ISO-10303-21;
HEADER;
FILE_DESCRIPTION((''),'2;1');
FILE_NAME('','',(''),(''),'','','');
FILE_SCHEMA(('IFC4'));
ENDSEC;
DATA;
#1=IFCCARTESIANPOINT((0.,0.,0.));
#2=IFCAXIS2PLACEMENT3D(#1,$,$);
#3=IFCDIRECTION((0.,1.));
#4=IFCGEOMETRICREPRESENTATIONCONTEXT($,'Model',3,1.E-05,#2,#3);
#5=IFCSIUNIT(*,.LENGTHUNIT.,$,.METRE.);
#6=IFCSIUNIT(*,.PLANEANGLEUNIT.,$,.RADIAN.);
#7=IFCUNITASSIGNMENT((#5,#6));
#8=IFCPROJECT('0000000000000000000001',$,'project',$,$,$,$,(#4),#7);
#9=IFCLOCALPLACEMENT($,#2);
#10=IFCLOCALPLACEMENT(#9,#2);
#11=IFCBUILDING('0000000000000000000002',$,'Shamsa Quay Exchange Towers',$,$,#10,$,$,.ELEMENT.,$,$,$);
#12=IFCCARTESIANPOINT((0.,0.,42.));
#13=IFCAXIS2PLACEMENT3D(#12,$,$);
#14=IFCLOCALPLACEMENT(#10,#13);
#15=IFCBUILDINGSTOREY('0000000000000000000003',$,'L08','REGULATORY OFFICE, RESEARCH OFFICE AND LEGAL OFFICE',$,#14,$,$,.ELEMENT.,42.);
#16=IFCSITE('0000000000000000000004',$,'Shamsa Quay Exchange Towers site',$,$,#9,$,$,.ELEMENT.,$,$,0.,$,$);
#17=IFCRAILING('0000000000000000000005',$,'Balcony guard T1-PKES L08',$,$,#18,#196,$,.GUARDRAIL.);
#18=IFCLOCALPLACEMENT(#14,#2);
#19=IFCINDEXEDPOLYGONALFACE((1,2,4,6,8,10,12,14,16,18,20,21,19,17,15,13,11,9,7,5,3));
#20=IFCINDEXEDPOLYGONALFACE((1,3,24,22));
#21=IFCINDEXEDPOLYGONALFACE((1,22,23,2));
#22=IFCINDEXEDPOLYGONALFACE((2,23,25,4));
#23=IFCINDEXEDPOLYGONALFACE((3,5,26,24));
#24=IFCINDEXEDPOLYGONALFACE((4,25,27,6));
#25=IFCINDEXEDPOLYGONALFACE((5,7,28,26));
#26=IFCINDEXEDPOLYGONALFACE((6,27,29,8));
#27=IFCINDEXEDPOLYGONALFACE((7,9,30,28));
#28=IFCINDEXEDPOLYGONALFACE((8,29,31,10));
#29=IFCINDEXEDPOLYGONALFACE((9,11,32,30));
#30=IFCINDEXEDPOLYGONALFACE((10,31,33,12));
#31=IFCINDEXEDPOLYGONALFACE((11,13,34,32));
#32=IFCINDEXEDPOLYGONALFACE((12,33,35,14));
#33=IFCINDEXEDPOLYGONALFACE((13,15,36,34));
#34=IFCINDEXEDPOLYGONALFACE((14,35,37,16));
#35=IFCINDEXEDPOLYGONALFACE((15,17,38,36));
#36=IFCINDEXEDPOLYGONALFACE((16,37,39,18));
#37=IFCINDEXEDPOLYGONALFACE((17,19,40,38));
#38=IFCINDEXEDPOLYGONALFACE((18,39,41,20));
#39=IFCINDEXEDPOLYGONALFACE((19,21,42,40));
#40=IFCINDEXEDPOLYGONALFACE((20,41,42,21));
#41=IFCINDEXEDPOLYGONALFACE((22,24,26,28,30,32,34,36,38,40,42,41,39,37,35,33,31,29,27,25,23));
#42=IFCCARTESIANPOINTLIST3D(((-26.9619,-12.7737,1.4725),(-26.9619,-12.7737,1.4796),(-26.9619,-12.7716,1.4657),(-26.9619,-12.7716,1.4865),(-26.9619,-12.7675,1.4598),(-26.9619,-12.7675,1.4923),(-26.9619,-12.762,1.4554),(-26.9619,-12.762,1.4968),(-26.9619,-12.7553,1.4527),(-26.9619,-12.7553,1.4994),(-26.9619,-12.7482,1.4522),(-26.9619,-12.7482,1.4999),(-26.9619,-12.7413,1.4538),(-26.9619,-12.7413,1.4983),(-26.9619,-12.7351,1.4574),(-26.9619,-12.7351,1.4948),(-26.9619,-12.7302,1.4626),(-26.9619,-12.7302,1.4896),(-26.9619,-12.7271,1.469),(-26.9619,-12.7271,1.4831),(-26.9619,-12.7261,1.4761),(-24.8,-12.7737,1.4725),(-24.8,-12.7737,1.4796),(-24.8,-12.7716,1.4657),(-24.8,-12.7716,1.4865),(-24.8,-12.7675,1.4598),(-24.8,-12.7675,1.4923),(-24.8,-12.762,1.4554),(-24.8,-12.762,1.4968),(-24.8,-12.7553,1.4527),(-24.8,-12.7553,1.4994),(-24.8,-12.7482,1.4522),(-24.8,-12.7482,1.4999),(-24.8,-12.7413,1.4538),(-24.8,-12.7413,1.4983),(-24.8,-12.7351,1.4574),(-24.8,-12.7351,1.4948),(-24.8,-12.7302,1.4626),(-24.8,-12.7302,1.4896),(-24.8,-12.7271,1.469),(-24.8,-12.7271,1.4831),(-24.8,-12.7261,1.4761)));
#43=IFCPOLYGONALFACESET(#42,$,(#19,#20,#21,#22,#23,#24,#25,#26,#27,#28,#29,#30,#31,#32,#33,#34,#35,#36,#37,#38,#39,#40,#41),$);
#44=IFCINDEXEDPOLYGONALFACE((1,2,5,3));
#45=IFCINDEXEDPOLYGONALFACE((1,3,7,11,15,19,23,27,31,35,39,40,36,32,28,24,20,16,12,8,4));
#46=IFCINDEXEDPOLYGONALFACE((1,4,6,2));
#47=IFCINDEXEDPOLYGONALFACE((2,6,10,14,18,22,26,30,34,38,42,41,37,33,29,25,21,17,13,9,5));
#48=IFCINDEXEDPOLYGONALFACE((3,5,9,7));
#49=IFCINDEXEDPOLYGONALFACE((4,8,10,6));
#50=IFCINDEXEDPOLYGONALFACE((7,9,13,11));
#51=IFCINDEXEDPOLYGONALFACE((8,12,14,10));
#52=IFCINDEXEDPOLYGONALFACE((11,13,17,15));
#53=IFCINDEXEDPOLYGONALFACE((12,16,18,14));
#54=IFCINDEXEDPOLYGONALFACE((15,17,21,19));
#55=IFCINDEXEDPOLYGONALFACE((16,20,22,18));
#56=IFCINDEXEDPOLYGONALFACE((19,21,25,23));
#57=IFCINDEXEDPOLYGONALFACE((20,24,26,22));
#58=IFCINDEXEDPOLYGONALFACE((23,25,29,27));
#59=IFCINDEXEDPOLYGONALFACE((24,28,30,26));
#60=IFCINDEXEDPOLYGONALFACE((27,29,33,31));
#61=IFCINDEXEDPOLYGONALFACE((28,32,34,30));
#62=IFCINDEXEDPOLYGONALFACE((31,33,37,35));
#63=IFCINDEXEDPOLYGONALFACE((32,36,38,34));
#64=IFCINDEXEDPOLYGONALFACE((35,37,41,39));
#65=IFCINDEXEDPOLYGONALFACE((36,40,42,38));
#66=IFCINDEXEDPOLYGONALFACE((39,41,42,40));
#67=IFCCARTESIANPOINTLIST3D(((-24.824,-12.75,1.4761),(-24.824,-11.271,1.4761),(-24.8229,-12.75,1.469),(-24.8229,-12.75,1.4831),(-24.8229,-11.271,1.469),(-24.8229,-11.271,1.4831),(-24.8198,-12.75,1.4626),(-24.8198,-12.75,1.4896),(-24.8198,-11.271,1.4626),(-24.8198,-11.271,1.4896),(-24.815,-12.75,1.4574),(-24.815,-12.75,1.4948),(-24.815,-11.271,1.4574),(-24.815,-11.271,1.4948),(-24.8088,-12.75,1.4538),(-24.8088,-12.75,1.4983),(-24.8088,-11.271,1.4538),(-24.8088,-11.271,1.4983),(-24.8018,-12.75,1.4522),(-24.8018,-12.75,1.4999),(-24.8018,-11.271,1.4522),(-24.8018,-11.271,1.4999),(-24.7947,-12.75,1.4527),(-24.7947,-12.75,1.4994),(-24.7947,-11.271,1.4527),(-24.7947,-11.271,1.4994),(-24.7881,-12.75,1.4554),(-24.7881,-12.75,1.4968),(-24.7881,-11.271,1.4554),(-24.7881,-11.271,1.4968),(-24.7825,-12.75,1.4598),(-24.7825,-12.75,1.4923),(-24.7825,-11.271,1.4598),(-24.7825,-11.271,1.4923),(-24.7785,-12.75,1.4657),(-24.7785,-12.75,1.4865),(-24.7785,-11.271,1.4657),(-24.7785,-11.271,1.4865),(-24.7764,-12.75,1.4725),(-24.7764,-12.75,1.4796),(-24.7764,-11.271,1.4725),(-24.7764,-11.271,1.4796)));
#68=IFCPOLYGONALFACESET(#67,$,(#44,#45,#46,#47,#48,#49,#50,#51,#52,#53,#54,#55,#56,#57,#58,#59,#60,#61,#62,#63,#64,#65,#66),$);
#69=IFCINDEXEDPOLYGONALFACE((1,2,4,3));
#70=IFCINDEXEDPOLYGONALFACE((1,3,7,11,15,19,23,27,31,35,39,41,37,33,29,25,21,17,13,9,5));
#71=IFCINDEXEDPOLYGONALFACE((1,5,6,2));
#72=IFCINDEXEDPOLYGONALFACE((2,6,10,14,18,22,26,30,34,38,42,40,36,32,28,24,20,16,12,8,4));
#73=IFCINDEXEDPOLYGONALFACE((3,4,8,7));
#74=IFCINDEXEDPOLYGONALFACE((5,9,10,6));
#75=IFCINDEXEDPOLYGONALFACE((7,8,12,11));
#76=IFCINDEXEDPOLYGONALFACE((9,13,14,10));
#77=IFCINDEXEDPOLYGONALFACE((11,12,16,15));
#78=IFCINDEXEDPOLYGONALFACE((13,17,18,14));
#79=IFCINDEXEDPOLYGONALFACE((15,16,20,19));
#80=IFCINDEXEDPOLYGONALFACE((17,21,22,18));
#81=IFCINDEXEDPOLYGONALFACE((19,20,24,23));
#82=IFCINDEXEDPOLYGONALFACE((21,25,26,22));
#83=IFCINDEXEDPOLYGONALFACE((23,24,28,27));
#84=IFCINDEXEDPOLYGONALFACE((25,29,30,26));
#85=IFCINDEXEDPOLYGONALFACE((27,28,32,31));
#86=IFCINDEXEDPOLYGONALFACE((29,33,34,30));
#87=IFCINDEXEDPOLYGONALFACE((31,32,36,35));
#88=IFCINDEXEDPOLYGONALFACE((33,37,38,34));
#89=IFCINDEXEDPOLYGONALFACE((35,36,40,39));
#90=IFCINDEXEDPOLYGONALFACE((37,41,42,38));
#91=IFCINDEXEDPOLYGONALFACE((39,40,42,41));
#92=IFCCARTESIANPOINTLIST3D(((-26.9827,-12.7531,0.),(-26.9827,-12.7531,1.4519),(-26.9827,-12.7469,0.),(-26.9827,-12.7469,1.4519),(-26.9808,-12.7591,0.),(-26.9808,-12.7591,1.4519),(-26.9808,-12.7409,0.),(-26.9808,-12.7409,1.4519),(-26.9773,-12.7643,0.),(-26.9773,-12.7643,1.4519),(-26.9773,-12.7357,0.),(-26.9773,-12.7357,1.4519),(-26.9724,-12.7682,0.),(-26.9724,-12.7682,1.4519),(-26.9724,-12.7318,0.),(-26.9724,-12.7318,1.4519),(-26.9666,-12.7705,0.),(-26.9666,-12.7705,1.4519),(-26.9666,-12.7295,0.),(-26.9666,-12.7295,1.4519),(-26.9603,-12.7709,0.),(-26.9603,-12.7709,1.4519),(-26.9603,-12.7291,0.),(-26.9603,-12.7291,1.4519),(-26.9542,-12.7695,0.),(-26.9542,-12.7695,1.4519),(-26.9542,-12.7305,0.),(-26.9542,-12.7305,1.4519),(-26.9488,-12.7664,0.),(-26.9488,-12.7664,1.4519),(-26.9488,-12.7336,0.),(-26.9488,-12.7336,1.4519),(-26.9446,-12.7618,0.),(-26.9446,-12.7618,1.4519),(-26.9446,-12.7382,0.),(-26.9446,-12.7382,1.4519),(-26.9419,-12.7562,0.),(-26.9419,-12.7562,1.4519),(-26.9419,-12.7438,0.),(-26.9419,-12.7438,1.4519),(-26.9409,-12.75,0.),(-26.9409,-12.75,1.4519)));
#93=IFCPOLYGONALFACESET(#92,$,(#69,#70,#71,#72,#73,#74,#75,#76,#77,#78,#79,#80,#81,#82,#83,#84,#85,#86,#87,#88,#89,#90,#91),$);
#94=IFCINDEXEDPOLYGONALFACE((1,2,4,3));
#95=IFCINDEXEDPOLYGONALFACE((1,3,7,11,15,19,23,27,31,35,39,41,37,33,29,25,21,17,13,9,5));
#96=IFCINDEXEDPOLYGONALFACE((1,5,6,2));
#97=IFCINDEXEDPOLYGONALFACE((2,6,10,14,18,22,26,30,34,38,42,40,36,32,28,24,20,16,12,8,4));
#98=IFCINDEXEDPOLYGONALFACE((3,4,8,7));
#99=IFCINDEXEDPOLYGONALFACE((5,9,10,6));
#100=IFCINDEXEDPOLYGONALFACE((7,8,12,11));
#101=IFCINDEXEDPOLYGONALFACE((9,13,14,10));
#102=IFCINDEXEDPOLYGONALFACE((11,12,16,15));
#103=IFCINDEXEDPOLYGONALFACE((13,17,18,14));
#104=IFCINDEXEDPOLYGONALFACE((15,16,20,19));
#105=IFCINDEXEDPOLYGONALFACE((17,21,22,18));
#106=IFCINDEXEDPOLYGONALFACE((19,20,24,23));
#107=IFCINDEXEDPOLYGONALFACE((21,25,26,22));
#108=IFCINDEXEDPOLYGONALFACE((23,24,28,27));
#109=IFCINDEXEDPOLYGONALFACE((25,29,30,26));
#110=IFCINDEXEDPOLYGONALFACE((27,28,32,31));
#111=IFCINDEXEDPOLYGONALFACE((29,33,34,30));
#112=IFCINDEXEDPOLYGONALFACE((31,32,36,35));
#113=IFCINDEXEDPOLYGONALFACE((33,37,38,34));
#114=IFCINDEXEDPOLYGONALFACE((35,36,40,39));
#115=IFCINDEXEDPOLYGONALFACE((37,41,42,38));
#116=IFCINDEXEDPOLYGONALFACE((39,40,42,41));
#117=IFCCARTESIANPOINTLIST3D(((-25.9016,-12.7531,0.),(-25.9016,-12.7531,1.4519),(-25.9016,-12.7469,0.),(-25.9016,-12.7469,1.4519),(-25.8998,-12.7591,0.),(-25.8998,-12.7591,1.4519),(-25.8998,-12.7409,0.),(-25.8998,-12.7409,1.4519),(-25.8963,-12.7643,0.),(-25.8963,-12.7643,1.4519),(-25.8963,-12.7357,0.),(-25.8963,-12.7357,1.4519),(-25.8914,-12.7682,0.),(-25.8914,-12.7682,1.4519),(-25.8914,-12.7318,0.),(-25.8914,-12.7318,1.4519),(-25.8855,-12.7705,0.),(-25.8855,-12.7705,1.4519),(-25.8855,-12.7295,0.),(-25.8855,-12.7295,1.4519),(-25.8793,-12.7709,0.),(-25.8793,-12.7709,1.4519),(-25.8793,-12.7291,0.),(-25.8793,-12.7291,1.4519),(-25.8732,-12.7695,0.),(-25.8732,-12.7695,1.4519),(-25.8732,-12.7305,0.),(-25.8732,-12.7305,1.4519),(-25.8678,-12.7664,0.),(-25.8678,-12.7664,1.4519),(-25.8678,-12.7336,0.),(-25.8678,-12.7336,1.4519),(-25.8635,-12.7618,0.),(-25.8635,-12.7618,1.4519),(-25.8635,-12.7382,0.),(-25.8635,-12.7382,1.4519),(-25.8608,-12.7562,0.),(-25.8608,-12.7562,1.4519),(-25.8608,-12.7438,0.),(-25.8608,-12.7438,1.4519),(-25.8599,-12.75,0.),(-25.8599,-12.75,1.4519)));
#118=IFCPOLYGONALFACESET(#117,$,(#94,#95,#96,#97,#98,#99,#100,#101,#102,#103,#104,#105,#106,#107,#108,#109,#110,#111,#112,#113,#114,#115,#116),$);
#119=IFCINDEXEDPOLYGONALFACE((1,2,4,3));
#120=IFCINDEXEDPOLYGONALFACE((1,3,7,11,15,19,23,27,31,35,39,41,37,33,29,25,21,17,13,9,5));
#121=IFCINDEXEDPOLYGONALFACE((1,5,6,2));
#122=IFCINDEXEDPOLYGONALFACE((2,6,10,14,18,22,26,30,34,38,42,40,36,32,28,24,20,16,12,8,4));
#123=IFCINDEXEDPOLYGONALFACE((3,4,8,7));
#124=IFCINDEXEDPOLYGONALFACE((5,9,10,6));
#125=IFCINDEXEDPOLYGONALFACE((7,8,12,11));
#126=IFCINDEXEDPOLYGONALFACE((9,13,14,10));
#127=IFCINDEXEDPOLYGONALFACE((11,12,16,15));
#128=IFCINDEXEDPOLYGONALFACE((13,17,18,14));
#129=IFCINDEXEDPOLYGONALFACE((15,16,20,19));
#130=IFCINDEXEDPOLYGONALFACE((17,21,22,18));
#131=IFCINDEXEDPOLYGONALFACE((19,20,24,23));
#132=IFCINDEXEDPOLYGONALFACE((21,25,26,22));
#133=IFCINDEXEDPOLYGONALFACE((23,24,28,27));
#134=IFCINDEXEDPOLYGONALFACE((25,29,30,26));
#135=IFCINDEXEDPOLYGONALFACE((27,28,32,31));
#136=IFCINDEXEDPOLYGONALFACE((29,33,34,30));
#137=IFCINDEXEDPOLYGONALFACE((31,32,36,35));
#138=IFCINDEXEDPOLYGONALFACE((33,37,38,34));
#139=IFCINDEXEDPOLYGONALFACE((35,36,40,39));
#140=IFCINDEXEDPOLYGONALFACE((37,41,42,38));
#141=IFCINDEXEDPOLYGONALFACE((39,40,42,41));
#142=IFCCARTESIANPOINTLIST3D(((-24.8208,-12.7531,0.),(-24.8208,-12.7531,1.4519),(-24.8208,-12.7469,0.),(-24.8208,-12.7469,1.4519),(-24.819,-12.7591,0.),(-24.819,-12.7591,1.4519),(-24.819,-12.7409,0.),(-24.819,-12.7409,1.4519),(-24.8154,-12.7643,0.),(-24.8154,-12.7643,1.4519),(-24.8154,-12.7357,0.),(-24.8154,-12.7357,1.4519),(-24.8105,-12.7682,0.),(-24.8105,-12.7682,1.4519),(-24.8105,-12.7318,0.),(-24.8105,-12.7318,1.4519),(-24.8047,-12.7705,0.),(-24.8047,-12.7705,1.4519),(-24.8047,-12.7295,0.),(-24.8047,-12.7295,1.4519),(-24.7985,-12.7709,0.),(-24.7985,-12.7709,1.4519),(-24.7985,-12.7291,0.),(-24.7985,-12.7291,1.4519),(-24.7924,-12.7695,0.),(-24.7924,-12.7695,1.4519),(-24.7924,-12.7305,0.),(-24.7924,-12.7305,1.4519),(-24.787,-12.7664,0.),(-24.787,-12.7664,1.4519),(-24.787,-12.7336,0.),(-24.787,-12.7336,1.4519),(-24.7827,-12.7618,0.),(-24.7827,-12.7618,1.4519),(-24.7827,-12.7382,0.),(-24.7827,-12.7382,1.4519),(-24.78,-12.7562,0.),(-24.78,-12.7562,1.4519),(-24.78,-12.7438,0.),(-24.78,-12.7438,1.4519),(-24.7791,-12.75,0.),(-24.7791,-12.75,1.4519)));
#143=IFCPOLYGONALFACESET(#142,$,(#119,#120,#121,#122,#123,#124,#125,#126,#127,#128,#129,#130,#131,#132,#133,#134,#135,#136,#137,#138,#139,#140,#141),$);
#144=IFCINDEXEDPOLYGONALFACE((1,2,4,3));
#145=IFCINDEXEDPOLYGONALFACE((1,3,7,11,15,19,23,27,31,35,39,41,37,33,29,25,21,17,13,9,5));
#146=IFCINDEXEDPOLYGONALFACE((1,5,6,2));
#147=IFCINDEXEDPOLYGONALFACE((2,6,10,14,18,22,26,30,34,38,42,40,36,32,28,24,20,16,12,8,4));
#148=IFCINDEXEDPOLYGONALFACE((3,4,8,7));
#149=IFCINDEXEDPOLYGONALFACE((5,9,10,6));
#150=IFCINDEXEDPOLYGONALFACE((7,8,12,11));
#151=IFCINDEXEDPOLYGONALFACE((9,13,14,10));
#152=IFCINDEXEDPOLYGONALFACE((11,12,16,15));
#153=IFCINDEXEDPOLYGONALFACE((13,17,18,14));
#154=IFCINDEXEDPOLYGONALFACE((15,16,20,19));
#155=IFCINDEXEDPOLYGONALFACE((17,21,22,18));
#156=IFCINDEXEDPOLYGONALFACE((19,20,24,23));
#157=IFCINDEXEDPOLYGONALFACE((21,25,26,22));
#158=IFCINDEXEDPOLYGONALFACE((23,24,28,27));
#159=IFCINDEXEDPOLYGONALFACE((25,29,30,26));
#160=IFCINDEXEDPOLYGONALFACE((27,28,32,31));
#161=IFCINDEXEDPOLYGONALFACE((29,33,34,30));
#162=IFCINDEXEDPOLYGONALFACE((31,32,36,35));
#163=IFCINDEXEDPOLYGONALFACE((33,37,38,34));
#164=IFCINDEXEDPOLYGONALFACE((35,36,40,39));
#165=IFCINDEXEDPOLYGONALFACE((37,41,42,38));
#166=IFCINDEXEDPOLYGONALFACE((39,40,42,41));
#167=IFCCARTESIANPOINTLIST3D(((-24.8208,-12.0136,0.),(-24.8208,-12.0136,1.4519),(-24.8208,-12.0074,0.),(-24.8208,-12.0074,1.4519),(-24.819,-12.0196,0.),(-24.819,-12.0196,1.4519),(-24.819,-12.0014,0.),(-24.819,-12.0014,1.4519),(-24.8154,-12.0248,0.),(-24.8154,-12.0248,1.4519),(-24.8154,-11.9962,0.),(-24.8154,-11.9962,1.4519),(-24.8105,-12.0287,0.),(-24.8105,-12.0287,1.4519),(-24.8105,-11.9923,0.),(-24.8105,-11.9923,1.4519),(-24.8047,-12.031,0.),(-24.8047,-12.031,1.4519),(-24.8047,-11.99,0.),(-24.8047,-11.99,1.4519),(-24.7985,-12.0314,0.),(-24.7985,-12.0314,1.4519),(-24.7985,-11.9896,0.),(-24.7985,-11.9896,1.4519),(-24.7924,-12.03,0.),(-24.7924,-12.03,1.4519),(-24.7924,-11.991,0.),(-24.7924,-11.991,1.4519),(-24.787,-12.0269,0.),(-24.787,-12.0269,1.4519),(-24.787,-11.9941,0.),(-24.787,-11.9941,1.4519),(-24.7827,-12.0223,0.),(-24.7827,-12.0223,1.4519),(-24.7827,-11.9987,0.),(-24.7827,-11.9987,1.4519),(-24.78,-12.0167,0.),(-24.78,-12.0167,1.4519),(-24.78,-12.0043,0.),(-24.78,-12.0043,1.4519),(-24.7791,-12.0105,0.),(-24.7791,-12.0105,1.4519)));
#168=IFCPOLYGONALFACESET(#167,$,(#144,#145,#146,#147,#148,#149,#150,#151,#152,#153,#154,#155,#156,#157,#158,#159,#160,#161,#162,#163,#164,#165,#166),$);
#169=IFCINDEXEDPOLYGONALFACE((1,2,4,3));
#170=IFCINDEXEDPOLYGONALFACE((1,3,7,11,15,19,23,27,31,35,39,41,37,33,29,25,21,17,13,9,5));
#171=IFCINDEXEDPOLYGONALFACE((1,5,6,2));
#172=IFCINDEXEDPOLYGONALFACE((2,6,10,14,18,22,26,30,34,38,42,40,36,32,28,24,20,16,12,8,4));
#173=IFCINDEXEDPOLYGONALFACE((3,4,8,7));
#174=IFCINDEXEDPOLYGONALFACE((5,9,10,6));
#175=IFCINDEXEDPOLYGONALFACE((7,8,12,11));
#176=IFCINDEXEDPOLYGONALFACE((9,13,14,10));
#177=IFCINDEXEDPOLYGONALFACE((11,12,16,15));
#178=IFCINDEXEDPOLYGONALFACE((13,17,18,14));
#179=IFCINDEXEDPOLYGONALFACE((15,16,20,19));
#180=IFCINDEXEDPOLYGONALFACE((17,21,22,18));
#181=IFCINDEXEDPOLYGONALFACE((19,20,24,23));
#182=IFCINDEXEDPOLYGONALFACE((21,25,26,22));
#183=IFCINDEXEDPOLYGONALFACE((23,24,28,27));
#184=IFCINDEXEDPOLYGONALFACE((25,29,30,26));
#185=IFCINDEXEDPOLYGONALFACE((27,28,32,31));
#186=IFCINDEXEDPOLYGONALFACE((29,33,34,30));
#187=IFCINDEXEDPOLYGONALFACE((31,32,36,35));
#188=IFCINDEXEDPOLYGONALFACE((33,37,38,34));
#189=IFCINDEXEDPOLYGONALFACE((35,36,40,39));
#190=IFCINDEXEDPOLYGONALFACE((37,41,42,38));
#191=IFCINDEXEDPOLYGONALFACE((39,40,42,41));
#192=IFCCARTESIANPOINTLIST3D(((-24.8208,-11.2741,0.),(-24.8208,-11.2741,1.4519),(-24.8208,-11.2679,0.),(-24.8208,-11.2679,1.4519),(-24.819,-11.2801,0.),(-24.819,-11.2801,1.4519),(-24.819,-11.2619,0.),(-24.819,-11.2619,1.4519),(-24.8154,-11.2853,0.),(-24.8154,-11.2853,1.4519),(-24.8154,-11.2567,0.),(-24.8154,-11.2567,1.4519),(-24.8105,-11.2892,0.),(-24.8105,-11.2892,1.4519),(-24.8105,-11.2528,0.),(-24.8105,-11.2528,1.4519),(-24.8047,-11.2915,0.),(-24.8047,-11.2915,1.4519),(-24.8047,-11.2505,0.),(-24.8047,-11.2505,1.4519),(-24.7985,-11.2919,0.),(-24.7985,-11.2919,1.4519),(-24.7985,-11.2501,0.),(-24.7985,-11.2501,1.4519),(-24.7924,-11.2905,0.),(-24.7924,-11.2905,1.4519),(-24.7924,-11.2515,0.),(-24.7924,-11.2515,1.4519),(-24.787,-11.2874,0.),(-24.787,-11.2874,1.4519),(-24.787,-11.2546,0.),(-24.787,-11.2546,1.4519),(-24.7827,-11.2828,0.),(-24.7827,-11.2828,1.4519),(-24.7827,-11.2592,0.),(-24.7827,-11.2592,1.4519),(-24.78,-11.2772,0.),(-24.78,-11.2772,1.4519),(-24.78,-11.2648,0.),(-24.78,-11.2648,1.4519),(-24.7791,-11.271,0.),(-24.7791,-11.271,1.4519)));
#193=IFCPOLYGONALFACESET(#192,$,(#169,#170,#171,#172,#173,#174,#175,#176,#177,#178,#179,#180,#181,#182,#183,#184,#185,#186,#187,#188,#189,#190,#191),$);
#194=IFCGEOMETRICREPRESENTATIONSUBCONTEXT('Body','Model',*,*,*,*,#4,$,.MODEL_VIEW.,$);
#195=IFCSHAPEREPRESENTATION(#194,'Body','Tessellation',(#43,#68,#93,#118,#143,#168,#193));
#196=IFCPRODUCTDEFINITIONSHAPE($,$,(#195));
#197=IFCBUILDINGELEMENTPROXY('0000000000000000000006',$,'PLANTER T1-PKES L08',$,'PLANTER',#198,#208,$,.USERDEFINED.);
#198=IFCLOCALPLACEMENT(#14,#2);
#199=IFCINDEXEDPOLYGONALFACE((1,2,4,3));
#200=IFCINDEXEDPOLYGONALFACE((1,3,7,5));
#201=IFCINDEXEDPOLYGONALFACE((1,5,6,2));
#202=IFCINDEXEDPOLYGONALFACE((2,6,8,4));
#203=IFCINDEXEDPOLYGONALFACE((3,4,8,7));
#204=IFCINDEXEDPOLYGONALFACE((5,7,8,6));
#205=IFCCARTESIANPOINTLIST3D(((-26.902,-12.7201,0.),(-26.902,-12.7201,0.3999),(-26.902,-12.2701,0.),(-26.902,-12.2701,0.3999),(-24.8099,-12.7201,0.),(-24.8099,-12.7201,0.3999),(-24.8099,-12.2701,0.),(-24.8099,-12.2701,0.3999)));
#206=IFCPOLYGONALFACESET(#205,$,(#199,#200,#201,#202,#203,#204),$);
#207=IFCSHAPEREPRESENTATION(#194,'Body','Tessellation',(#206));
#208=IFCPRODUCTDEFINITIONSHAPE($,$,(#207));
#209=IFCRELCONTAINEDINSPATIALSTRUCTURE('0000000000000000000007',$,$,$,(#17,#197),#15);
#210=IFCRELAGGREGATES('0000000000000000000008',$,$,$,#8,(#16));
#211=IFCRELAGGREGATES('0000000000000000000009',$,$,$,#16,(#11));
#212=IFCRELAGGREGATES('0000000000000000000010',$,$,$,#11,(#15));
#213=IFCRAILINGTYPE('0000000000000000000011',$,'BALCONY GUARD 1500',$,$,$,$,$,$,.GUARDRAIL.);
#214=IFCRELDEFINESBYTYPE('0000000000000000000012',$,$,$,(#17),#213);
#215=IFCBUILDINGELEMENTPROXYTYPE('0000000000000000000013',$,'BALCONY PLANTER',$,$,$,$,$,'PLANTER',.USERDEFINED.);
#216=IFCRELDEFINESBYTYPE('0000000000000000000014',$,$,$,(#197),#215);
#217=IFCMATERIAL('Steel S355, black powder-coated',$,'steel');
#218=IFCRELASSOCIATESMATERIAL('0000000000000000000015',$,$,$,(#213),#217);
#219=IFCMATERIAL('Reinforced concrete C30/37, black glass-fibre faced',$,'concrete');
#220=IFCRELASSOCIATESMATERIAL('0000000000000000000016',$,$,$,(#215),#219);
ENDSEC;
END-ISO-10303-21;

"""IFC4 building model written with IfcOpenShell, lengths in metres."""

from ifc_helpers import new_model, si_unit, direction, frame, origin, origin_2d, place, context, subcontext, project, spatial, rectangle, circle, extrude, material, type_object, element, save


model = new_model("IFC4")

# Units and contexts
model_context = context("Model", 3, precision=1e-05, world=origin(), true_north=direction((0.0, 1.0)))
body_context = subcontext(model_context, "Body", "Model", "MODEL_VIEW")
ifc_project = project(units=[si_unit("LENGTHUNIT", "METRE"), si_unit("PLANEANGLEUNIT", "RADIAN")], contexts=[model_context])

# Site, building, storey
site_placement = place(None, origin())
site = spatial("IfcSite", under=ifc_project, at=site_placement, Name="Shamsa Quay Exchange Towers site", CompositionType="ELEMENT", RefElevation=0.0)
building_placement = place(site_placement, origin())
building = spatial("IfcBuilding", under=site, at=building_placement, Name="Shamsa Quay Exchange Towers", CompositionType="ELEMENT")
storey_placement = place(building_placement, frame((0.0, 0.0, 42.0)))
storey = spatial("IfcBuildingStorey", under=building, at=storey_placement, Name="L08", Description="REGULATORY OFFICE, RESEARCH OFFICE AND LEGAL OFFICE", CompositionType="ELEMENT", Elevation=42.0)

# Railing
ifc_material_1 = material(Name="Steel S355, black powder-coated", Category="steel")
railing_type_1 = type_object("IfcRailingType", Name="BALCONY GUARD 1500", PredefinedType="GUARDRAIL", material=ifc_material_1)
railing_1_placement = place(storey_placement, frame((-26.9619, -12.75, 0.0)))
element("IfcRailing", 1, at=railing_1_placement, inside=storey, type_object=railing_type_1, Name="Balcony guard T1-PKES L08", PredefinedType="GUARDRAIL", context=body_context, shape_type="SweptSolid", body=[
    extrude(circle(Radius=0.0239, at=origin_2d()), frame((0.0, 0.0, 1.4761), z_axis=(1.0, 0.0, 0.0), x_axis=(0.0, 1.0, 0.0)), (0.0, 0.0, 1.0), 2.1619),
    extrude(circle(Radius=0.0239, at=origin_2d()), frame((2.1619, 0.0, 1.4761), z_axis=(0.0, 1.0, 0.0), x_axis=(-1.0, 0.0, 0.0)), (0.0, 0.0, 1.0), 1.479),
    extrude(circle(Radius=0.021, at=origin_2d()), origin(), (0.0, 0.0, 1.0), 1.4519),
    extrude(circle(Radius=0.021, at=origin_2d()), frame((1.0811, 0.0, 0.0)), (0.0, 0.0, 1.0), 1.4519),
    extrude(circle(Radius=0.021, at=origin_2d()), frame((2.1619, 0.0, 0.0)), (0.0, 0.0, 1.0), 1.4519),
    extrude(circle(Radius=0.021, at=origin_2d()), frame((2.1619, 0.7395, 0.0)), (0.0, 0.0, 1.0), 1.4519),
    extrude(circle(Radius=0.021, at=origin_2d()), frame((2.1619, 1.479, 0.0)), (0.0, 0.0, 1.0), 1.4519),
])

# Building element proxy
ifc_material_2 = material(Name="Reinforced concrete C30/37, black glass-fibre faced", Category="concrete")
building_element_proxy_type = type_object("IfcBuildingElementProxyType", Name="BALCONY PLANTER", ElementType="PLANTER", PredefinedType="USERDEFINED", material=ifc_material_2)
proxy_placement = place(storey_placement, frame((-25.856, -12.4951, 0.0)))
element("IfcBuildingElementProxy", 2, at=proxy_placement, inside=storey, type_object=building_element_proxy_type, Name="PLANTER T1-PKES L08", ObjectType="PLANTER", PredefinedType="USERDEFINED", context=body_context, shape_type="SweptSolid", body=[
    extrude(rectangle(XDim=2.092, YDim=0.45, at=origin_2d()), origin(), (0.0, 0.0, 1.0), 0.3999),
])

save(model, "model.ifc")
